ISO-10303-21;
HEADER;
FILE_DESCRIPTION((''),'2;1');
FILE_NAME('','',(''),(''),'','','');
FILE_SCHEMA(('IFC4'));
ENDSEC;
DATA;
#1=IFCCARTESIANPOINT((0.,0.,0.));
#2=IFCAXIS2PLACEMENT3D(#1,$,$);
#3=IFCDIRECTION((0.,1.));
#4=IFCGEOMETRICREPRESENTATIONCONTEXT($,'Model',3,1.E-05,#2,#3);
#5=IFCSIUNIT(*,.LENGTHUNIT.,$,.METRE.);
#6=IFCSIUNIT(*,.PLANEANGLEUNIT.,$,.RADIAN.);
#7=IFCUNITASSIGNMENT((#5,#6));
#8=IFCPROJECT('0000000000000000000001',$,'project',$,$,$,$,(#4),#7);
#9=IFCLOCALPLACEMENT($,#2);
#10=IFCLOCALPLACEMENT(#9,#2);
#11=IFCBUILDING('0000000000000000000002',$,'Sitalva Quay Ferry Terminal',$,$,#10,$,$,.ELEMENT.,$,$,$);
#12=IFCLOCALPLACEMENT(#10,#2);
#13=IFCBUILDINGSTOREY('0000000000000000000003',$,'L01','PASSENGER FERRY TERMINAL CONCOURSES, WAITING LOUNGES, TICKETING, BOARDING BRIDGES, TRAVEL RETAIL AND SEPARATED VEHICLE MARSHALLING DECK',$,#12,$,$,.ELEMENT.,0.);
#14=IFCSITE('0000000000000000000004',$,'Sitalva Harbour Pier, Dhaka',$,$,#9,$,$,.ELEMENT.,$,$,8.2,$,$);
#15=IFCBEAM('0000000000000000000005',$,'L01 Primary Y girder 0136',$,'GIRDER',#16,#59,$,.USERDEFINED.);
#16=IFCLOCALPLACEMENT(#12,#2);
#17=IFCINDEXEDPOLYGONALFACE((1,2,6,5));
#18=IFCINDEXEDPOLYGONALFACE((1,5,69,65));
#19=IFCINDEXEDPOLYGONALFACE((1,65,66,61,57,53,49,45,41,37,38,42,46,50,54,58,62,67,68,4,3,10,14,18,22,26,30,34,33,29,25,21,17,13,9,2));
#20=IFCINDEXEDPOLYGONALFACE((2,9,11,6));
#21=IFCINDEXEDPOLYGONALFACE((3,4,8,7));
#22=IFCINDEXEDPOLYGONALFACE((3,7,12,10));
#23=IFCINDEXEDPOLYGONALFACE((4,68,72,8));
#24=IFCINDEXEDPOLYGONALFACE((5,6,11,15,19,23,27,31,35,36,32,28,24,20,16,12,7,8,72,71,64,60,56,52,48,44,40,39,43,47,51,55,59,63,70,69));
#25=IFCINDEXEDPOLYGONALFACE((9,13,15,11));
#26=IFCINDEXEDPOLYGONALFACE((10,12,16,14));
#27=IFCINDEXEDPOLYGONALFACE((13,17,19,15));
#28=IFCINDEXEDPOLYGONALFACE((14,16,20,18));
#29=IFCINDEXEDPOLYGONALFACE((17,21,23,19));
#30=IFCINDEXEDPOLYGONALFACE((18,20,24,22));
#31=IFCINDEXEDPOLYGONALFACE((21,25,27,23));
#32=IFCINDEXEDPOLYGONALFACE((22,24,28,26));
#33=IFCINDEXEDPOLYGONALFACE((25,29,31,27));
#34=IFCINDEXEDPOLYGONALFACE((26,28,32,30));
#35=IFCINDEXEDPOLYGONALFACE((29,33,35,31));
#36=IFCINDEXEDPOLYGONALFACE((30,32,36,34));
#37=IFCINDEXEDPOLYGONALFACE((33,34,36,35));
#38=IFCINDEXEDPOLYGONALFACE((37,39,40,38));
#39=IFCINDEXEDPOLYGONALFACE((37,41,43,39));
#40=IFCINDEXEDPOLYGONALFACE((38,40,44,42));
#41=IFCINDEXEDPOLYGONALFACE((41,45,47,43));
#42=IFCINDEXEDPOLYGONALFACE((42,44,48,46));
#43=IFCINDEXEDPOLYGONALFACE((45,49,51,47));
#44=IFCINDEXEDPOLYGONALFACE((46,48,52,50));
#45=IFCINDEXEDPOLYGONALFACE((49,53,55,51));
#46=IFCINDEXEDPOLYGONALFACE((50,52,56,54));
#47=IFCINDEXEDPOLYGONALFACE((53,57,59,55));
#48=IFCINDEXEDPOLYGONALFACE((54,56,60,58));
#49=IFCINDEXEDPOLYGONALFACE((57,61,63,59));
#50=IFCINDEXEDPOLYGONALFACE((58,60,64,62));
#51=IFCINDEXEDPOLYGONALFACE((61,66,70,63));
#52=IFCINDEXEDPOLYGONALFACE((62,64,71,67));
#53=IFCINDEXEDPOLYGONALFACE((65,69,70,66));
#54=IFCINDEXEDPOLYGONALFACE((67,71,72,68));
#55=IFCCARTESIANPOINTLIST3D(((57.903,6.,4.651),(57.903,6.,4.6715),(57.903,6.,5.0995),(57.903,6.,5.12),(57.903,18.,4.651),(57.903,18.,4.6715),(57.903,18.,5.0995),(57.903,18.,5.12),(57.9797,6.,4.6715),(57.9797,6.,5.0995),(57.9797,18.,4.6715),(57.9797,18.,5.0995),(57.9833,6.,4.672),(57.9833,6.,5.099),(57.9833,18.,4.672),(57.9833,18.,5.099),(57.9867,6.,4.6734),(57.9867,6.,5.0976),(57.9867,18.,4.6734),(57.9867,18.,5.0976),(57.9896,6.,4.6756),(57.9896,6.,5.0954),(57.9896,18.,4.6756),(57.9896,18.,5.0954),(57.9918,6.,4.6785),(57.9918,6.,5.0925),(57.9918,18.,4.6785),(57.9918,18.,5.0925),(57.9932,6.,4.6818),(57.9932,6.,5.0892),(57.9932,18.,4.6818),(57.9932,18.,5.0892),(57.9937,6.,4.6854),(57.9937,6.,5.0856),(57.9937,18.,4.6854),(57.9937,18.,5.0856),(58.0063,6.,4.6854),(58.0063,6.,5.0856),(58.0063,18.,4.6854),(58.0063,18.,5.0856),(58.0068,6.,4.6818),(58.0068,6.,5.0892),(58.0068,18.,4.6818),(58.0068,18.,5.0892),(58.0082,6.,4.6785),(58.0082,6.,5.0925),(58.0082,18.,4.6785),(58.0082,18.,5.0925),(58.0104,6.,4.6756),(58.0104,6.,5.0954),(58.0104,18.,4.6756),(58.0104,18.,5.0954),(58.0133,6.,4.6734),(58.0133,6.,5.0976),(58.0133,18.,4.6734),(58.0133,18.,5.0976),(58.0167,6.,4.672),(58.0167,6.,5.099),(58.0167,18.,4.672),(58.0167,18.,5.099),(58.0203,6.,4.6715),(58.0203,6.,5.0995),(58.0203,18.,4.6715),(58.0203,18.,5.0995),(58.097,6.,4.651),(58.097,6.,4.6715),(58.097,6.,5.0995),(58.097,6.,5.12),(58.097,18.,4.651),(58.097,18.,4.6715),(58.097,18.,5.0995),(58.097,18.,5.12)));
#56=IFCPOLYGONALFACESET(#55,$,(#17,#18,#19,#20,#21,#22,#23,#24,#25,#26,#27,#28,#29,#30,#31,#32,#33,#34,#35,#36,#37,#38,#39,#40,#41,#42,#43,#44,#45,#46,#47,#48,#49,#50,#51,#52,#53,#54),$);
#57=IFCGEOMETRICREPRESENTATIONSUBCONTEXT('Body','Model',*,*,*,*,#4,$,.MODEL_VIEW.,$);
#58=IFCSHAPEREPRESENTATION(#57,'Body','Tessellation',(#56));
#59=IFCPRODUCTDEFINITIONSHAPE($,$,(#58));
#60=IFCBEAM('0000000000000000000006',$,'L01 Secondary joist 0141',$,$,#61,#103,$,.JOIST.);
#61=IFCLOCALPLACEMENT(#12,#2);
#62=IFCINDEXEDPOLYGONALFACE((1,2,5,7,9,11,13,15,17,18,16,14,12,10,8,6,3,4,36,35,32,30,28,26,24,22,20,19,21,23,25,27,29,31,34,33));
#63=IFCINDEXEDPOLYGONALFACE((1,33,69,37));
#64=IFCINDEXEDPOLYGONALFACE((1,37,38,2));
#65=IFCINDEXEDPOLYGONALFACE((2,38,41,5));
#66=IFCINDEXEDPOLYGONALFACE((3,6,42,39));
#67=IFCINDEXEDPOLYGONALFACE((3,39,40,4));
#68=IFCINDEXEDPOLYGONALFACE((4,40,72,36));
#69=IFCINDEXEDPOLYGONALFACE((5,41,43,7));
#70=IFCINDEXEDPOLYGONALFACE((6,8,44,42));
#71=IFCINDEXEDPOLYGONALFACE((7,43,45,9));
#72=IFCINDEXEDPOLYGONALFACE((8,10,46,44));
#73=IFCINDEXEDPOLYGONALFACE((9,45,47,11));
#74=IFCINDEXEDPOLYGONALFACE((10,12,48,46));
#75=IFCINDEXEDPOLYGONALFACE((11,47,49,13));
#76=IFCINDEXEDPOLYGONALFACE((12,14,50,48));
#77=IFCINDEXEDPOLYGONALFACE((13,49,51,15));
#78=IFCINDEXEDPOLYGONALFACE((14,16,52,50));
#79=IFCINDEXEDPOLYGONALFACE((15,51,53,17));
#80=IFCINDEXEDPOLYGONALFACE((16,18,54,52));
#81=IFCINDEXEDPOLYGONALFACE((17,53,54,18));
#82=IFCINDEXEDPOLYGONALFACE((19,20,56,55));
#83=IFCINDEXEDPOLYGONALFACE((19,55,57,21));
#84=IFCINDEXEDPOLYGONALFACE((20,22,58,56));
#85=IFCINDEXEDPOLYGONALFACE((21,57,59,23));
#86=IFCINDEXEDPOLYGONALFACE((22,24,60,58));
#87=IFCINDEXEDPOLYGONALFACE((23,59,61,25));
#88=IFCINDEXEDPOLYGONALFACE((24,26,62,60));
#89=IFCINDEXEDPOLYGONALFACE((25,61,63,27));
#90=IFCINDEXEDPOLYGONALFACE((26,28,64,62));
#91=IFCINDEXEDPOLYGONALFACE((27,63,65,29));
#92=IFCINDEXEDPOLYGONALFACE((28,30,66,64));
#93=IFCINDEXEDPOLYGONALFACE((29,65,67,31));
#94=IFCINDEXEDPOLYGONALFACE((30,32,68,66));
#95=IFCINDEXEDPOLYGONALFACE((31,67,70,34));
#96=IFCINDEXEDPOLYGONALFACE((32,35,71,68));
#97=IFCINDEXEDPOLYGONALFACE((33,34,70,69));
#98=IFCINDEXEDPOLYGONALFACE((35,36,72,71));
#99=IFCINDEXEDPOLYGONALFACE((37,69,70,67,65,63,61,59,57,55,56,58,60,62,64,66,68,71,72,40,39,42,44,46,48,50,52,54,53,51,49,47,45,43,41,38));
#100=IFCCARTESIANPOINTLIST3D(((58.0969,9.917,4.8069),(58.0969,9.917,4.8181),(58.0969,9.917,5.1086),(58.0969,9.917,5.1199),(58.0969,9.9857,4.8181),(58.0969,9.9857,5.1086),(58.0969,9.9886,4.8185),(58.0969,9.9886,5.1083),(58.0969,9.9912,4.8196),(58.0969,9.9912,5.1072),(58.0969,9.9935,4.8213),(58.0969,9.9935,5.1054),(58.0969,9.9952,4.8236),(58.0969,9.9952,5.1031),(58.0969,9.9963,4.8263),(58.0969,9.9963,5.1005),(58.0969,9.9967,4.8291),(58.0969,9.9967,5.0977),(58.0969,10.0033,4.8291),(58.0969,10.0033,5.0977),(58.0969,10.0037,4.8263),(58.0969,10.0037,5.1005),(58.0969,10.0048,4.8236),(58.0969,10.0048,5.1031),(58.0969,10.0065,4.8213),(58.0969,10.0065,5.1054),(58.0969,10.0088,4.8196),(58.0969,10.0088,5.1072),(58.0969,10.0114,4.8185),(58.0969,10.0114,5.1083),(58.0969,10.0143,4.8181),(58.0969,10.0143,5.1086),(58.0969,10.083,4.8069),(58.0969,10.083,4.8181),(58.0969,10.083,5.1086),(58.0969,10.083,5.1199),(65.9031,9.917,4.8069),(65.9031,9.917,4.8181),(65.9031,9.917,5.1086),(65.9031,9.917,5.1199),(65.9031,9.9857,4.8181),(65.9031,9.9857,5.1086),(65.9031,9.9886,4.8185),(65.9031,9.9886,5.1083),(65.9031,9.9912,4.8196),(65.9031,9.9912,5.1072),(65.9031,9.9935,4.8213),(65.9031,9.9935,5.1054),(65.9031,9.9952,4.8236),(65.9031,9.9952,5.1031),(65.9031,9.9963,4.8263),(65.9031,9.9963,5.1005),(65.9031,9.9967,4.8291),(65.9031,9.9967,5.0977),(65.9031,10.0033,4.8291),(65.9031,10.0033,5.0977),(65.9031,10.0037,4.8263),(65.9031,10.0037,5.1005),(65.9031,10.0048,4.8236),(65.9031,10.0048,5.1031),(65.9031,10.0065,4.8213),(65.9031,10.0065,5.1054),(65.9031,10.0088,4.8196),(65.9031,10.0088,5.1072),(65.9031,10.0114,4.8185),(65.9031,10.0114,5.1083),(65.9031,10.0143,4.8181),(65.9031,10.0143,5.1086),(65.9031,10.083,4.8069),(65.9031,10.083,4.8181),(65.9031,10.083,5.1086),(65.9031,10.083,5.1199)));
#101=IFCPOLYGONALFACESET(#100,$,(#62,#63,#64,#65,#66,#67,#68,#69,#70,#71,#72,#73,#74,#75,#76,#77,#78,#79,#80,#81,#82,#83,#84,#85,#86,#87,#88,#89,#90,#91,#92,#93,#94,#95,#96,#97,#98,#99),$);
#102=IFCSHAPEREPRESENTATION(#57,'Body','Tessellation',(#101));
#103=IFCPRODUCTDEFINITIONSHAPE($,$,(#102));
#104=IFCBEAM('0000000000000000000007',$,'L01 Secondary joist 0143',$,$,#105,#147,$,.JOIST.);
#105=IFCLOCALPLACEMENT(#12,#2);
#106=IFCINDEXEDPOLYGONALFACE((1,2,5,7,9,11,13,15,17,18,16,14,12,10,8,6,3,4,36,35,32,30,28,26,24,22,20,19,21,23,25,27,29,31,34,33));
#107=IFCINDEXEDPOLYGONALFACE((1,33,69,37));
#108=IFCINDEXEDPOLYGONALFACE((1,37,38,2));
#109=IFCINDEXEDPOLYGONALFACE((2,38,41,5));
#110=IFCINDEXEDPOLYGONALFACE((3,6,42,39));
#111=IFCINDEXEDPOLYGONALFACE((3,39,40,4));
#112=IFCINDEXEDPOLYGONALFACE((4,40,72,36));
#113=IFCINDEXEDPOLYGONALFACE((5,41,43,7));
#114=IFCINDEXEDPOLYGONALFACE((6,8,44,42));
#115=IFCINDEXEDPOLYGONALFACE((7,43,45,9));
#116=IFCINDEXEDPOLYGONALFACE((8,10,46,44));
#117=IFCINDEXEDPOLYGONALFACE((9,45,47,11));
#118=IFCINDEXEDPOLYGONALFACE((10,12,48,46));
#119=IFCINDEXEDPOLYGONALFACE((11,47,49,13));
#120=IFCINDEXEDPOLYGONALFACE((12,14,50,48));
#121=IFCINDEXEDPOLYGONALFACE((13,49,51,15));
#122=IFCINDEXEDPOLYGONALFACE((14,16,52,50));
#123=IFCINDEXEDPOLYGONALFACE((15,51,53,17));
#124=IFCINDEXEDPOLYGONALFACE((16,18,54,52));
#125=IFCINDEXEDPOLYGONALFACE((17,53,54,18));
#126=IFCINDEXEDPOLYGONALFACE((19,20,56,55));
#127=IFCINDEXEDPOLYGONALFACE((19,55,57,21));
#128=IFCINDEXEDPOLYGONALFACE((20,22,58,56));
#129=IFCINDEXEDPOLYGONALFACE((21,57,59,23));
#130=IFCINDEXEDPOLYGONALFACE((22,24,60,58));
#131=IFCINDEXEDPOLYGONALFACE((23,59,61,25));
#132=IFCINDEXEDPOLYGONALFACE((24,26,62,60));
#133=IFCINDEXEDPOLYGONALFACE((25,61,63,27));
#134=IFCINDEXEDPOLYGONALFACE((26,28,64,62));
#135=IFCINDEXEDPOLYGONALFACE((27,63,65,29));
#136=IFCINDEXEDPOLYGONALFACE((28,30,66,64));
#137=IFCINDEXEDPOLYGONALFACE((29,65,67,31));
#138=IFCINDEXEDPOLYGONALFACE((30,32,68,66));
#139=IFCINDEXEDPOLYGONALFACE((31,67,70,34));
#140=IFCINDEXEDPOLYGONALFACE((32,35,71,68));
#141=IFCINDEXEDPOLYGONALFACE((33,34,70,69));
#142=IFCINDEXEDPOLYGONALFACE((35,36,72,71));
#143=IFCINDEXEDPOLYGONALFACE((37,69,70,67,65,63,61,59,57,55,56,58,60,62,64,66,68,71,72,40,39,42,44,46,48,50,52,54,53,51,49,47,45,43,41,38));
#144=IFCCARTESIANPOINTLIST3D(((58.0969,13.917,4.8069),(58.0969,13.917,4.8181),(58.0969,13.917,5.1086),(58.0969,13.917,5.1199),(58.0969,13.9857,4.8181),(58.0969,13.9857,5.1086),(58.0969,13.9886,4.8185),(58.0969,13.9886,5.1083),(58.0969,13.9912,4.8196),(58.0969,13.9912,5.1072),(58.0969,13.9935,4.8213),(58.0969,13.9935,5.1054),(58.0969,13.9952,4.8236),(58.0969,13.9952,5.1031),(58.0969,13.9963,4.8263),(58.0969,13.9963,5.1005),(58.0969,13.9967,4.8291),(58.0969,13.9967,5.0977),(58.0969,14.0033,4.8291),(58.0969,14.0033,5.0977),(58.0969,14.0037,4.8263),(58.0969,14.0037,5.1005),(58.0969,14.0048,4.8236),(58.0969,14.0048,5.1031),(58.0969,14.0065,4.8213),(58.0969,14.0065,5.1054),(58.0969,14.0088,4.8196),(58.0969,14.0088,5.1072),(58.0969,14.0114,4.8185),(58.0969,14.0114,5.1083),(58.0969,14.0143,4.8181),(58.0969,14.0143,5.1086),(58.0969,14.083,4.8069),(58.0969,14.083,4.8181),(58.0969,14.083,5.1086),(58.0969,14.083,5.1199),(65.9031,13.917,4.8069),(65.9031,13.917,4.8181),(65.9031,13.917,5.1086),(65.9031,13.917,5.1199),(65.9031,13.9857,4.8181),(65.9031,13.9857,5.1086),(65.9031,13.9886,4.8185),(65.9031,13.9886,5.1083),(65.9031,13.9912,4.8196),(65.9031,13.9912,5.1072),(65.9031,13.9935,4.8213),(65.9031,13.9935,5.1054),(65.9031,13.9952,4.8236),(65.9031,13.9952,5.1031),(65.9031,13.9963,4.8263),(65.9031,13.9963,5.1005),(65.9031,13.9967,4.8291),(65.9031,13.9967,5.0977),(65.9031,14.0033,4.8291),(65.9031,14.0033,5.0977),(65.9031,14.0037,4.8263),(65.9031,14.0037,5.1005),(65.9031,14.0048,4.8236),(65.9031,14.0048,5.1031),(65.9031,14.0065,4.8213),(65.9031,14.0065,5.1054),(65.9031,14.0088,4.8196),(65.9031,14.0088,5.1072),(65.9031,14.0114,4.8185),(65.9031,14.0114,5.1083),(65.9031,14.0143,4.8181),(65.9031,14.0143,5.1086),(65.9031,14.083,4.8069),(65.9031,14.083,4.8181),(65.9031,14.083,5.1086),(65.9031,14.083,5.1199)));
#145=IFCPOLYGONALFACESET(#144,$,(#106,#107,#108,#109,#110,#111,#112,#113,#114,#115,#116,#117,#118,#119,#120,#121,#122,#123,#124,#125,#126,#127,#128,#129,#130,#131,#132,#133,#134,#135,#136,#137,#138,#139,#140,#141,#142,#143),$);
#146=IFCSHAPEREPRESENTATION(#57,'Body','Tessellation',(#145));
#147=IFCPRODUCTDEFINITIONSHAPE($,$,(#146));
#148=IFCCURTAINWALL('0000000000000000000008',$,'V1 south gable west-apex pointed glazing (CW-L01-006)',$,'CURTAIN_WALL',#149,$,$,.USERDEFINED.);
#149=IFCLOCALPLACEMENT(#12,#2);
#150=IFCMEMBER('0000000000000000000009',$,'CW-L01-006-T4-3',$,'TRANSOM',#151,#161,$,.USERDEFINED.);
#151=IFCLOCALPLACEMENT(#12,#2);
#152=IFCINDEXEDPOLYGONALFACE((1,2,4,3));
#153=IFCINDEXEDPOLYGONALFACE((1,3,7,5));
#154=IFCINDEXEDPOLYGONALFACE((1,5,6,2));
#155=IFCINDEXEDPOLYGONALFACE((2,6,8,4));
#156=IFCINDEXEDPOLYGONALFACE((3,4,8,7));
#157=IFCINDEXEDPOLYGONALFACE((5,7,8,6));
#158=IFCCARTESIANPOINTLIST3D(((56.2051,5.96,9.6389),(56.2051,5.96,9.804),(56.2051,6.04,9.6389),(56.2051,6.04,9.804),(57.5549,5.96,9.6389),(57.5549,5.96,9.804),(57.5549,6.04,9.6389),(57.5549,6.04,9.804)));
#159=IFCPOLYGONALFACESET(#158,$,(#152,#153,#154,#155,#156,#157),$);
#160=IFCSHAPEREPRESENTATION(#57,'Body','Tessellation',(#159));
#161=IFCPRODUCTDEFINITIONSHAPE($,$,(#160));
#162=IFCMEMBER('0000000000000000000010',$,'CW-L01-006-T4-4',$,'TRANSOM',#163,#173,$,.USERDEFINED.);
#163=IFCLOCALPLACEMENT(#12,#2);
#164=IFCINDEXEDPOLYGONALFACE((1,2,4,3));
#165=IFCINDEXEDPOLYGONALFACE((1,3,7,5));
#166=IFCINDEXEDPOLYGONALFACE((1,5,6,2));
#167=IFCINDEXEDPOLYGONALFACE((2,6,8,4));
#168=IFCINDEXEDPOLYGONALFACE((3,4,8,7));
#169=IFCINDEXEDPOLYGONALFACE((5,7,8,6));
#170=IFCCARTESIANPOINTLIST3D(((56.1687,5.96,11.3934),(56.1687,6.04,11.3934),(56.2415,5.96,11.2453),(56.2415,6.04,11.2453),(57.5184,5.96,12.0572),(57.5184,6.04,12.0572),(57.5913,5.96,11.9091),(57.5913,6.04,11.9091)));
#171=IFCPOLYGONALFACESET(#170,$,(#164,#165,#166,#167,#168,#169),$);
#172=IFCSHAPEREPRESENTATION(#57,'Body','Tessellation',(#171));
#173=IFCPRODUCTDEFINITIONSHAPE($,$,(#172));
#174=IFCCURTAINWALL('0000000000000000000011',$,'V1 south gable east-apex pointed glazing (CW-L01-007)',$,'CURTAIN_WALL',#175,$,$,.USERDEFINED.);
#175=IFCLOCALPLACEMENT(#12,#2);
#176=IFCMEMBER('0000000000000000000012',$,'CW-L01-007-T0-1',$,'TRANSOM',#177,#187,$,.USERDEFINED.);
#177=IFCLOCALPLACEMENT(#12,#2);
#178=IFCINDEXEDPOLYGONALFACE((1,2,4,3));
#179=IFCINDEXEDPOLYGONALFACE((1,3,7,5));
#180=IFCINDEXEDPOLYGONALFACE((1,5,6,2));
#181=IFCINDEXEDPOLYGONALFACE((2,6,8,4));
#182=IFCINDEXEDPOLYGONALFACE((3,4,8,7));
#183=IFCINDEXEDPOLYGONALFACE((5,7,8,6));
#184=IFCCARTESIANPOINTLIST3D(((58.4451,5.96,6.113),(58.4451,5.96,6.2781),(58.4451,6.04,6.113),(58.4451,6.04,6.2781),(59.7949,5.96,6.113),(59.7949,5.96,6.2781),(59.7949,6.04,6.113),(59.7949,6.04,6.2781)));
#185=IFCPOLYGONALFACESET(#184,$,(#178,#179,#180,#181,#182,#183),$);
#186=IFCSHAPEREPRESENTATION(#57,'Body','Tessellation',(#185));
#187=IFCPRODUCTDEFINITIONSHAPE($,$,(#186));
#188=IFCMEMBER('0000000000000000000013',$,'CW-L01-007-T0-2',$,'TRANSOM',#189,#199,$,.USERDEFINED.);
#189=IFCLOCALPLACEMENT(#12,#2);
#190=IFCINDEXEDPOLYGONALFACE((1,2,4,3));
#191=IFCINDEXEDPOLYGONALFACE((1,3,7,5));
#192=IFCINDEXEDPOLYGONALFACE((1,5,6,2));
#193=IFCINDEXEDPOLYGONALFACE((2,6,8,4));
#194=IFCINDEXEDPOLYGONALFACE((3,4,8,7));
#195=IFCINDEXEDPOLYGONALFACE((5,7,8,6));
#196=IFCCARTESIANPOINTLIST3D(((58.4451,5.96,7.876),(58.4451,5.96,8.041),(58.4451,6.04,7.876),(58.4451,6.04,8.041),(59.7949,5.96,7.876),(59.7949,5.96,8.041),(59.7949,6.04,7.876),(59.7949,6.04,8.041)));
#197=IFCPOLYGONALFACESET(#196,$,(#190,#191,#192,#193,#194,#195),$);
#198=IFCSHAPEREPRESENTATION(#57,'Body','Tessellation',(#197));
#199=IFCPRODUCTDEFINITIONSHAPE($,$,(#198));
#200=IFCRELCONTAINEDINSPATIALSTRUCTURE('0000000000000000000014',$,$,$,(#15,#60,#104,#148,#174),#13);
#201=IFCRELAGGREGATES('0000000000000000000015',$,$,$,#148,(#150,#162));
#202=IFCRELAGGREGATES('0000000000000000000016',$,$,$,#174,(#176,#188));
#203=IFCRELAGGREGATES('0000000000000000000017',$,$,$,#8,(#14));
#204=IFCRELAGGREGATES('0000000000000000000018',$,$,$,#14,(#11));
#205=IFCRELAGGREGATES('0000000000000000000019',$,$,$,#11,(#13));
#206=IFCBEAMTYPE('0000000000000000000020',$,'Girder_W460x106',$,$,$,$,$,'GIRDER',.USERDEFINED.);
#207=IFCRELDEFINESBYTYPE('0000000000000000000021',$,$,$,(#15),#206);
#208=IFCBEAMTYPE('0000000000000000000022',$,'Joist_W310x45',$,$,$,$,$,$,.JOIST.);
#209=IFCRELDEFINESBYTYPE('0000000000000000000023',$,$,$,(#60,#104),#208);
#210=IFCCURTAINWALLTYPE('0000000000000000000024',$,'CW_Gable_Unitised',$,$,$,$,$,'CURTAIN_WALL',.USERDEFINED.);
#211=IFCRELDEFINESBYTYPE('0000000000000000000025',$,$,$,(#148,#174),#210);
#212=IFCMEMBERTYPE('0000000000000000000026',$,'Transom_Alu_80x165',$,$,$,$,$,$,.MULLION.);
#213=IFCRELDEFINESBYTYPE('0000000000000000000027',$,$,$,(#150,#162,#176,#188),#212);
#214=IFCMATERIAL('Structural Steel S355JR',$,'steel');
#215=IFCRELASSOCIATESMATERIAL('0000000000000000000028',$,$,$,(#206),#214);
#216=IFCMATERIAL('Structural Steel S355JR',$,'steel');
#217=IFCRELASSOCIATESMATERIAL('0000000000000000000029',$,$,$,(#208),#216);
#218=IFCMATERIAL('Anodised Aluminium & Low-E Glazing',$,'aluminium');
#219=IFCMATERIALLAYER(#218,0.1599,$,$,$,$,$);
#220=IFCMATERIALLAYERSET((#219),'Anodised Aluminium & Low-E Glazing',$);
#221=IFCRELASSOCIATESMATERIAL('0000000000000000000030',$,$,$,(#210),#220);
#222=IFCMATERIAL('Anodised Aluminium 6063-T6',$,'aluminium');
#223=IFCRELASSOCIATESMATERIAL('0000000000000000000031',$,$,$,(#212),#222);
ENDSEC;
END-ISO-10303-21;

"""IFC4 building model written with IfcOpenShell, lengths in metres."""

from ifc_helpers import new_model, si_unit, direction, frame, origin, origin_2d, place, context, subcontext, project, spatial, rectangle, i_section, extrude, material, layer, layer_set, material_profile, profile_set, type_object, element, aggregate, save


model = new_model("IFC4")

# Units and contexts
model_context = context("Model", 3, precision=1e-05, world=origin(), true_north=direction((0.0, 1.0)))
body_context = subcontext(model_context, "Body", "Model", "MODEL_VIEW")
ifc_project = project(units=[si_unit("LENGTHUNIT", "METRE"), si_unit("PLANEANGLEUNIT", "RADIAN")], contexts=[model_context])

# Site, building, storey
site_placement = place(None, origin())
site = spatial("IfcSite", under=ifc_project, at=site_placement, Name="Sitalva Harbour Pier, Dhaka", CompositionType="ELEMENT", RefElevation=8.2)
building_placement = place(site_placement, origin())
building = spatial("IfcBuilding", under=site, at=building_placement, Name="Sitalva Quay Ferry Terminal", CompositionType="ELEMENT")
storey_placement = place(building_placement, origin())
storey = spatial("IfcBuildingStorey", under=building, at=storey_placement, Name="L01", Description="PASSENGER FERRY TERMINAL CONCOURSES, WAITING LOUNGES, TICKETING, BOARDING BRIDGES, TRAVEL RETAIL AND SEPARATED VEHICLE MARSHALLING DECK", CompositionType="ELEMENT", Elevation=0.0)

# Beams
ifc_material_1 = material(Name="Structural Steel S355JR", Category="steel")
ifc_material_profile_1 = material_profile(ifc_material_1, i_section(OverallWidth=0.1941, OverallDepth=0.469, WebThickness=0.0127, FlangeThickness=0.0205, FilletRadius=0.0139, at=origin_2d()), Name="W460x106")
ifc_profile_set_1 = profile_set([ifc_material_profile_1], Name="Structural Steel S355JR")
beam_type_1 = type_object("IfcBeamType", Name="Girder_W460x106", ElementType="GIRDER", PredefinedType="USERDEFINED", material=ifc_profile_set_1)
beam_placement = place(storey_placement, frame((58.0, 6.0, 4.8855), z_axis=(0.0, 1.0, 0.0), x_axis=(-1.0, 0.0, 0.0)))
element("IfcBeam", 1, at=beam_placement, inside=storey, type_object=beam_type_1, Name="L01 Primary Y girder 0136", ObjectType="GIRDER", PredefinedType="USERDEFINED", context=body_context, shape_type="SweptSolid", body=[
    extrude(i_section(OverallWidth=0.1941, OverallDepth=0.469, WebThickness=0.0127, FlangeThickness=0.0205, FilletRadius=0.0139, at=origin_2d()), origin(), (0.0, 0.0, 1.0), 12.0),
])
ifc_material_2 = material(Name="Structural Steel S355JR", Category="steel")
ifc_material_profile_2 = material_profile(ifc_material_2, i_section(OverallWidth=0.166, OverallDepth=0.313, WebThickness=0.0066, FlangeThickness=0.0112, FilletRadius=0.011, at=origin_2d()), Name="W310x45")
ifc_profile_set_2 = profile_set([ifc_material_profile_2], Name="Structural Steel S355JR")
beam_type_2 = type_object("IfcBeamType", Name="Joist_W310x45", PredefinedType="JOIST", material=ifc_profile_set_2)
for number, where, z_axis, x_axis, name in (
    (2, (58.0969, 10.0, 4.9634), (1.0, 0.0, 0.0), (0.0, 1.0, 0.0), "L01 Secondary joist 0141"),
    (3, (58.0969, 14.0, 4.9634), (1.0, 0.0, 0.0), (0.0, 1.0, 0.0), "L01 Secondary joist 0143"),
):
    element("IfcBeam", number, at=place(storey_placement, frame(where, z_axis=z_axis, x_axis=x_axis)), inside=storey, type_object=beam_type_2, Name=name, PredefinedType="JOIST", context=body_context, shape_type="SweptSolid", body=[
        extrude(i_section(OverallWidth=0.166, OverallDepth=0.313, WebThickness=0.0066, FlangeThickness=0.0112, FilletRadius=0.011, at=origin_2d()), origin(), (0.0, 0.0, 1.0), 7.8062),
    ])

# Curtain walls, members
ifc_material_3 = material(Name="Anodised Aluminium & Low-E Glazing", Category="aluminium")
ifc_layer_1 = layer(ifc_material_3, 0.1599)
ifc_layer_set_1 = layer_set([ifc_layer_1], Name="Anodised Aluminium & Low-E Glazing")
curtain_wall_type = type_object("IfcCurtainWallType", Name="CW_Gable_Unitised", ElementType="CURTAIN_WALL", PredefinedType="USERDEFINED", material=ifc_layer_set_1)
curtain_wall_1_placement = place(storey_placement, origin())
curtain_wall_1 = element("IfcCurtainWall", 4, at=curtain_wall_1_placement, inside=storey, type_object=curtain_wall_type, Name="V1 south gable west-apex pointed glazing (CW-L01-006)", ObjectType="CURTAIN_WALL", PredefinedType="USERDEFINED")
ifc_material_4 = material(Name="Anodised Aluminium 6063-T6", Category="aluminium")
ifc_material_profile_3 = material_profile(ifc_material_4, rectangle(XDim=0.0801, YDim=0.165, at=origin_2d()), Name="ALU80x165")
ifc_profile_set_3 = profile_set([ifc_material_profile_3], Name="Anodised Aluminium 6063-T6")
member_type = type_object("IfcMemberType", Name="Transom_Alu_80x165", PredefinedType="MULLION", material=ifc_profile_set_3)
member_1_placement = place(storey_placement, frame((56.2051, 6.0, 9.7214), z_axis=(1.0, 0.0, 0.0), x_axis=(0.0, 1.0, 0.0)))
member_1 = element("IfcMember", 5, at=member_1_placement, type_object=member_type, Name="CW-L01-006-T4-3", ObjectType="TRANSOM", PredefinedType="USERDEFINED", context=body_context, shape_type="SweptSolid", body=[
    extrude(rectangle(XDim=0.0801, YDim=0.165, at=origin_2d()), origin(), (0.0, 0.0, 1.0), 1.3499),
])
member_2_placement = place(storey_placement, frame((56.2051, 6.0, 11.3193), z_axis=(0.897362, 0.0, 0.441296), x_axis=(0.0, 1.0, 0.0)))
member_2 = element("IfcMember", 6, at=member_2_placement, type_object=member_type, Name="CW-L01-006-T4-4", ObjectType="TRANSOM", PredefinedType="USERDEFINED", context=body_context, shape_type="SweptSolid", body=[
    extrude(rectangle(XDim=0.0801, YDim=0.165, at=origin_2d()), origin(), (0.0, 0.0, 1.0), 1.5042),
])
curtain_wall_2_placement = place(storey_placement, origin())
curtain_wall_2 = element("IfcCurtainWall", 7, at=curtain_wall_2_placement, inside=storey, type_object=curtain_wall_type, Name="V1 south gable east-apex pointed glazing (CW-L01-007)", ObjectType="CURTAIN_WALL", PredefinedType="USERDEFINED")
member_3_placement = place(storey_placement, frame((58.4451, 6.0, 6.1956), z_axis=(1.0, 0.0, 0.0), x_axis=(0.0, 1.0, 0.0)))
member_3 = element("IfcMember", 8, at=member_3_placement, type_object=member_type, Name="CW-L01-007-T0-1", ObjectType="TRANSOM", PredefinedType="USERDEFINED", context=body_context, shape_type="SweptSolid", body=[
    extrude(rectangle(XDim=0.0801, YDim=0.165, at=origin_2d()), origin(), (0.0, 0.0, 1.0), 1.3499),
])
member_4_placement = place(storey_placement, frame((58.4451, 6.0, 7.9585), z_axis=(1.0, 0.0, 0.0), x_axis=(0.0, 1.0, 0.0)))
member_4 = element("IfcMember", 9, at=member_4_placement, type_object=member_type, Name="CW-L01-007-T0-2", ObjectType="TRANSOM", PredefinedType="USERDEFINED", context=body_context, shape_type="SweptSolid", body=[
    extrude(rectangle(XDim=0.0801, YDim=0.165, at=origin_2d()), origin(), (0.0, 0.0, 1.0), 1.3499),
])

aggregate(curtain_wall_1, [member_1, member_2])
aggregate(curtain_wall_2, [member_3, member_4])

save(model, "model.ifc")
